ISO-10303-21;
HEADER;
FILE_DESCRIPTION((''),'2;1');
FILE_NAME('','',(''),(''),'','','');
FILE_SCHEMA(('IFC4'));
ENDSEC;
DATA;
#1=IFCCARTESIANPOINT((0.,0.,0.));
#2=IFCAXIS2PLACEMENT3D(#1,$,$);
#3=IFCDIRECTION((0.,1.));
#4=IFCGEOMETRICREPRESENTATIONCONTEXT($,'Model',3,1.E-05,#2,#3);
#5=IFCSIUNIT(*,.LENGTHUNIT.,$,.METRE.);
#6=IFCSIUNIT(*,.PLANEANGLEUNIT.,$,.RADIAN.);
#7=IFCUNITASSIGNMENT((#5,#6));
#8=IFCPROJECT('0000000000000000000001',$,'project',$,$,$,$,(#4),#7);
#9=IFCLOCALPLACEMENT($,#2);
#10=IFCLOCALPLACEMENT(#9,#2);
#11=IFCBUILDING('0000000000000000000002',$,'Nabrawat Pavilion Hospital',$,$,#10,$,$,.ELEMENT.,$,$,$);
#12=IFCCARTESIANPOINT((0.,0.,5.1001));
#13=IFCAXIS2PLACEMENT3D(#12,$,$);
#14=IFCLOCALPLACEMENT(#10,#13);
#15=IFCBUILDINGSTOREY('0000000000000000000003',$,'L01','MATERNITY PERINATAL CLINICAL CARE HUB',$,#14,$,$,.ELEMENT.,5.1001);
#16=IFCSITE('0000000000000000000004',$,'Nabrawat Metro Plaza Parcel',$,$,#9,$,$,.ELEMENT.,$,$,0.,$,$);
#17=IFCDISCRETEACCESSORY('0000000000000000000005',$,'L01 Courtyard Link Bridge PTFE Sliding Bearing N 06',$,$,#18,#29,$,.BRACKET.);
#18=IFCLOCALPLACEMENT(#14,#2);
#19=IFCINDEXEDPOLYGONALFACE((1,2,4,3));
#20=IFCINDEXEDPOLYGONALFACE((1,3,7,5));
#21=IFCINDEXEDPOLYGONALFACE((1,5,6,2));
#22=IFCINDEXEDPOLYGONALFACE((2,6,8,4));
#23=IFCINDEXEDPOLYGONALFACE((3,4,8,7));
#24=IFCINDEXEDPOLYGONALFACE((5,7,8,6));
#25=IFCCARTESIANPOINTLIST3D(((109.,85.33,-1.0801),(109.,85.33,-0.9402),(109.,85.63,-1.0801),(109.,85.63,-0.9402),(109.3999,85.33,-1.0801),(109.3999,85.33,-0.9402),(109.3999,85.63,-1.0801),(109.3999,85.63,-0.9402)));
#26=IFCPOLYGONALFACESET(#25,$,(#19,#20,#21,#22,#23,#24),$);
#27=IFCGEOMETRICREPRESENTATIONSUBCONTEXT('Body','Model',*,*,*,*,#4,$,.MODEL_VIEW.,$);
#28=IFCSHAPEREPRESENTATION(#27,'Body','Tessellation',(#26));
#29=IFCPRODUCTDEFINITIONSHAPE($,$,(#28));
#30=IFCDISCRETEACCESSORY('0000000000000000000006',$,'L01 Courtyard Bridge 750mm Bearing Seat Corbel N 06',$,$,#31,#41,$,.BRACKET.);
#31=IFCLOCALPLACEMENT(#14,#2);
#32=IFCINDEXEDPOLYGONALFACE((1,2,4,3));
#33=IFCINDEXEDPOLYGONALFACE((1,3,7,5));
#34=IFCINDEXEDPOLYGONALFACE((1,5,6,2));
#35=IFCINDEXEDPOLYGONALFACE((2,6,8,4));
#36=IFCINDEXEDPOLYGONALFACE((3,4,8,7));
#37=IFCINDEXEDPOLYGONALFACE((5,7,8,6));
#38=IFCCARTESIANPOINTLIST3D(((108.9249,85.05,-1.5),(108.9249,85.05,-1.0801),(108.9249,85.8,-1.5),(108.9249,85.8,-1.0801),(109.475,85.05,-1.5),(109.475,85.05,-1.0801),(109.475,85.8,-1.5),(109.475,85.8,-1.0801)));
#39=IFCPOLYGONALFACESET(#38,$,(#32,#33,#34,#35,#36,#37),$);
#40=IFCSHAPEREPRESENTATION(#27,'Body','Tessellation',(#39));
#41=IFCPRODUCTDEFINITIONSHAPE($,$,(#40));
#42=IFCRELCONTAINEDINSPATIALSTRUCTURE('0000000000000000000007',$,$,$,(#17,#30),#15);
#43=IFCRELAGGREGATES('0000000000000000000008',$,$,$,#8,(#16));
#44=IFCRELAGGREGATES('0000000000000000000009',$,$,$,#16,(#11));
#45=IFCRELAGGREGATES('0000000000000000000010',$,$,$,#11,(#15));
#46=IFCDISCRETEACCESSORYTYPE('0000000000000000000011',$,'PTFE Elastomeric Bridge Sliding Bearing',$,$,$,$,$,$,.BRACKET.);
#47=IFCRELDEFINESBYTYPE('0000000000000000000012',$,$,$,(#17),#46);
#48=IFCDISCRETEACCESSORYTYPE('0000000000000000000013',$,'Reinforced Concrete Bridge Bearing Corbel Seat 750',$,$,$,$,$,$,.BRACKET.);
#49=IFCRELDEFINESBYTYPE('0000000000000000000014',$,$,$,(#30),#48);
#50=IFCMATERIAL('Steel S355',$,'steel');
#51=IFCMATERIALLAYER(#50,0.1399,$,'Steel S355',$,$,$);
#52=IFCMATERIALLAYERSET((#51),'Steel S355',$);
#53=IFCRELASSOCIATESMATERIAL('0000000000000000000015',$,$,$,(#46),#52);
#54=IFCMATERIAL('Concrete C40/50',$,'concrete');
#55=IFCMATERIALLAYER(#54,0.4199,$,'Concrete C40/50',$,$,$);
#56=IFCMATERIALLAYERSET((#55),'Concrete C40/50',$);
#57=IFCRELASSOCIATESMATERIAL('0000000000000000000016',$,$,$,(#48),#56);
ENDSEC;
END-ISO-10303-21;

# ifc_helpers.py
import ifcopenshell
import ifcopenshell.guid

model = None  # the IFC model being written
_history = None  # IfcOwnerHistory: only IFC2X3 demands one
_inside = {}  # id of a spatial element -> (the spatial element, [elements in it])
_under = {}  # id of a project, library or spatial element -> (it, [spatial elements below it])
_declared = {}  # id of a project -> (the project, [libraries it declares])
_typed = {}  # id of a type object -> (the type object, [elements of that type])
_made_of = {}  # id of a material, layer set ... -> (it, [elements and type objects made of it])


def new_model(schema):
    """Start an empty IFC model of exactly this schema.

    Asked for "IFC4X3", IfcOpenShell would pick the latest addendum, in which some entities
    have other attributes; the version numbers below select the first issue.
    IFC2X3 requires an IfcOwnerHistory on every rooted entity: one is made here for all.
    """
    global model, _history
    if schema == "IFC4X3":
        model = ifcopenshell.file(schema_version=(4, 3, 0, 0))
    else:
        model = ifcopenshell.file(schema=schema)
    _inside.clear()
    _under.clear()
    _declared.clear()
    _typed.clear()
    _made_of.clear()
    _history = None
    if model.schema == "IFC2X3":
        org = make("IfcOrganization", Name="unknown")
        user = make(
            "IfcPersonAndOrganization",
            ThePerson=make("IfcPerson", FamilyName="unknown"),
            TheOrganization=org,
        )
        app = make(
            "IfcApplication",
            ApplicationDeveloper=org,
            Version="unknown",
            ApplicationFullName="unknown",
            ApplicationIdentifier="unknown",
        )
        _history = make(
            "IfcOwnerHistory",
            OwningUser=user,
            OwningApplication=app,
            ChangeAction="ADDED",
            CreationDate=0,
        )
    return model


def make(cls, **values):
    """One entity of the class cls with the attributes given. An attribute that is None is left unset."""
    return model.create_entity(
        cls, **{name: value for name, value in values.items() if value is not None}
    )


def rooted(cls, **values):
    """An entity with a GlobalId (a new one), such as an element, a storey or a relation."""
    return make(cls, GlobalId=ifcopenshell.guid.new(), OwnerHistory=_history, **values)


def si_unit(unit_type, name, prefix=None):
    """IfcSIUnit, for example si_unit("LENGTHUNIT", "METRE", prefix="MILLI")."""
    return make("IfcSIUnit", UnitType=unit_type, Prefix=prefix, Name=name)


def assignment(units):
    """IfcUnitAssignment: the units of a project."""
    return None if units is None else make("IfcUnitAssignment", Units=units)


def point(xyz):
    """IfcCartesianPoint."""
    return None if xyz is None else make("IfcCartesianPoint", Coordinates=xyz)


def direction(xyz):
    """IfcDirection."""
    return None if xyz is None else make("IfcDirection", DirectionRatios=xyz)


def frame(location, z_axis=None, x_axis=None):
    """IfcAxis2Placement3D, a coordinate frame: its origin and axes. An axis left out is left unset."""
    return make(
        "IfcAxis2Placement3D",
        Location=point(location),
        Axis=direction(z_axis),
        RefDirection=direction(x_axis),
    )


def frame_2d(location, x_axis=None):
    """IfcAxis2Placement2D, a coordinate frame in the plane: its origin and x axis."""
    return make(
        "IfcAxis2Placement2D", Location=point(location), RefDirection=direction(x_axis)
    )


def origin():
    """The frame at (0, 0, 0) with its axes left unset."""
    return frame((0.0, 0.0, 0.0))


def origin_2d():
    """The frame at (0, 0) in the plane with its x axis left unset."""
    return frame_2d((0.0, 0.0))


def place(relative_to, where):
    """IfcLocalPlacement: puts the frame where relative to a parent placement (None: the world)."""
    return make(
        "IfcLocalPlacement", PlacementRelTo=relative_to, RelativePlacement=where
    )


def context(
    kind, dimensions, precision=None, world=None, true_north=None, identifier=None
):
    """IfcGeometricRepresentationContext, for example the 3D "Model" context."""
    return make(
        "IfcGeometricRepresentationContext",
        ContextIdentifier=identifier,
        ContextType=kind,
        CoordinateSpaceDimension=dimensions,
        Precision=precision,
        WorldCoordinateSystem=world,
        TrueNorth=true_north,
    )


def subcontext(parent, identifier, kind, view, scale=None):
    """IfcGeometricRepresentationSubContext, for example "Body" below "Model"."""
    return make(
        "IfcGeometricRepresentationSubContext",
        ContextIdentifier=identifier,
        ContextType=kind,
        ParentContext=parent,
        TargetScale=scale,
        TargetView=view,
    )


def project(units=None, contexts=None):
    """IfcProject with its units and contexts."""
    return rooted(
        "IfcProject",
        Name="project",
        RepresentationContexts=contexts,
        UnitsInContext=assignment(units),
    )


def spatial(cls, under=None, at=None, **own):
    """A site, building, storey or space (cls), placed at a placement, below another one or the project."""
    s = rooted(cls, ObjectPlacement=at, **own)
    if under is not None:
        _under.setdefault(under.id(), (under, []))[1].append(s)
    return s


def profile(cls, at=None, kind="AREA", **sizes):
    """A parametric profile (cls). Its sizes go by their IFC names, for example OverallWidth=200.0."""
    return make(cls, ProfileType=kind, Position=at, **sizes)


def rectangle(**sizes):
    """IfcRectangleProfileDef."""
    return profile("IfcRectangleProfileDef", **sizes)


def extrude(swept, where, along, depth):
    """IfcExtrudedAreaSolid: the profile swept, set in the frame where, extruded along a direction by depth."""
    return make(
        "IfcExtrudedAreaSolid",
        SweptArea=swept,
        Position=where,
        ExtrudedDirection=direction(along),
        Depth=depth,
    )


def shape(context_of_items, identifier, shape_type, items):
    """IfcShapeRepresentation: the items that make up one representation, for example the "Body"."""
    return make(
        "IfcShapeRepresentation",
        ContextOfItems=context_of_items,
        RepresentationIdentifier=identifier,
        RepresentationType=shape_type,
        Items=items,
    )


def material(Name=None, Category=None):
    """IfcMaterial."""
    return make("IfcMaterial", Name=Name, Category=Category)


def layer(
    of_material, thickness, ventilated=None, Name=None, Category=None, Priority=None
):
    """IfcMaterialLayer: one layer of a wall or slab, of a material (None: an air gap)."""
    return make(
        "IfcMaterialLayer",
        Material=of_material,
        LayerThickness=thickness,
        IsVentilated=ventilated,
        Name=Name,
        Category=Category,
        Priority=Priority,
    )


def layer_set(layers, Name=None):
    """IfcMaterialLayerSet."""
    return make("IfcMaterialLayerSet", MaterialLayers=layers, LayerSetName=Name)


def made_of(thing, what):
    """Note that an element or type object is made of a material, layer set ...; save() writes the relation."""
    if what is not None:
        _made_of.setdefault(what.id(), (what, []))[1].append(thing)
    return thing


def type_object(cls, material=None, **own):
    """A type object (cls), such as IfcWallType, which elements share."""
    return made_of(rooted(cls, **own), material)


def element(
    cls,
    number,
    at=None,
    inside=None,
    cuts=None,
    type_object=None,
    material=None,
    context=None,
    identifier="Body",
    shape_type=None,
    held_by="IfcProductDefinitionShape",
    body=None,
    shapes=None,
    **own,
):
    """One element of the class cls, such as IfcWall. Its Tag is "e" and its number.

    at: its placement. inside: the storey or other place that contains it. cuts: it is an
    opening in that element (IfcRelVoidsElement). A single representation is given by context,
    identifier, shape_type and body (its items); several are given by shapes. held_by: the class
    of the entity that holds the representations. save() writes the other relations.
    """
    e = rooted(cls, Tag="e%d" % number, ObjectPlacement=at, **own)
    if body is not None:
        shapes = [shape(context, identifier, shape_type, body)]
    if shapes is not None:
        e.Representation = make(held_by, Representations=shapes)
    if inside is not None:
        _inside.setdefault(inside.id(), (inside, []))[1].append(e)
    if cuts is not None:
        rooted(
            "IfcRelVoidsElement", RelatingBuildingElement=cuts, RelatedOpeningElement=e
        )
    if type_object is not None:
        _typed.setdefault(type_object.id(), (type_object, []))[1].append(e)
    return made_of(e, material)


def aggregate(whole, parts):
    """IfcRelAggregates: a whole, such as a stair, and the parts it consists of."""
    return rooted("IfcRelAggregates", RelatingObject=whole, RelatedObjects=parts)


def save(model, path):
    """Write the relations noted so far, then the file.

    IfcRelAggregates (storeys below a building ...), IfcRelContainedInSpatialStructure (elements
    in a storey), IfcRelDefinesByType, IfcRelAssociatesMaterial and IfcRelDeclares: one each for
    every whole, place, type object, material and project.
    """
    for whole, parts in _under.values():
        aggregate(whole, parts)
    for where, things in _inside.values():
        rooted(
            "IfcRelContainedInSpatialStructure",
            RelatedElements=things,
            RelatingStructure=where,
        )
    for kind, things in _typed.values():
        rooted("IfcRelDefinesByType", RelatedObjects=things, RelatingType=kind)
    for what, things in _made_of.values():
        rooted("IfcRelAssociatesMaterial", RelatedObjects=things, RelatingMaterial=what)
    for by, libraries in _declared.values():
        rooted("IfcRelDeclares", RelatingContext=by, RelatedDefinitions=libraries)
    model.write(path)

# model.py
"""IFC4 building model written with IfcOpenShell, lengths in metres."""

from ifc_helpers import new_model, si_unit, direction, frame, origin, origin_2d, place, context, subcontext, project, spatial, rectangle, extrude, material, layer, layer_set, type_object, element, save


model = new_model("IFC4")

# Units and contexts
model_context = context("Model", 3, precision=1e-05, world=origin(), true_north=direction((0.0, 1.0)))
body_context = subcontext(model_context, "Body", "Model", "MODEL_VIEW")
ifc_project = project(units=[si_unit("LENGTHUNIT", "METRE"), si_unit("PLANEANGLEUNIT", "RADIAN")], contexts=[model_context])

# Site, building, storey
site_placement = place(None, origin())
site = spatial("IfcSite", under=ifc_project, at=site_placement, Name="Nabrawat Metro Plaza Parcel", CompositionType="ELEMENT", RefElevation=0.0)
building_placement = place(site_placement, origin())
building = spatial("IfcBuilding", under=site, at=building_placement, Name="Nabrawat Pavilion Hospital", CompositionType="ELEMENT")
storey_placement = place(building_placement, frame((0.0, 0.0, 5.1001)))
storey = spatial("IfcBuildingStorey", under=building, at=storey_placement, Name="L01", Description="MATERNITY PERINATAL CLINICAL CARE HUB", CompositionType="ELEMENT", Elevation=5.1001)

# Shared definitions
ifc_material_1 = material(Name="Concrete C40/50", Category="concrete")

# Shared definitions
ifc_material_2 = material(Name="Steel S355", Category="steel")

# Discrete accessories
ifc_layer_1 = layer(ifc_material_2, 0.1399, Name="Steel S355")
ifc_layer_set_1 = layer_set([ifc_layer_1], Name="Steel S355")
discrete_accessory_type_1 = type_object("IfcDiscreteAccessoryType", Name="PTFE Elastomeric Bridge Sliding Bearing", PredefinedType="BRACKET", material=ifc_layer_set_1)
discrete_accessory_1_placement = place(storey_placement, frame((109.2, 85.48, -1.0801), z_axis=(0.0, 0.0, 1.0), x_axis=(1.0, 0.0, 0.0)))
element("IfcDiscreteAccessory", 1, at=discrete_accessory_1_placement, inside=storey, type_object=discrete_accessory_type_1, Name="L01 Courtyard Link Bridge PTFE Sliding Bearing N 06", PredefinedType="BRACKET", context=body_context, shape_type="SweptSolid", body=[
    extrude(rectangle(XDim=0.3999, YDim=0.3, at=origin_2d()), origin(), (0.0, 0.0, 1.0), 0.1399),
])
ifc_layer_2 = layer(ifc_material_1, 0.4199, Name="Concrete C40/50")
ifc_layer_set_2 = layer_set([ifc_layer_2], Name="Concrete C40/50")
discrete_accessory_type_2 = type_object("IfcDiscreteAccessoryType", Name="Reinforced Concrete Bridge Bearing Corbel Seat 750", PredefinedType="BRACKET", material=ifc_layer_set_2)
discrete_accessory_2_placement = place(storey_placement, frame((109.2, 85.425, -1.5), z_axis=(0.0, 0.0, 1.0), x_axis=(1.0, 0.0, 0.0)))
element("IfcDiscreteAccessory", 2, at=discrete_accessory_2_placement, inside=storey, type_object=discrete_accessory_type_2, Name="L01 Courtyard Bridge 750mm Bearing Seat Corbel N 06", PredefinedType="BRACKET", context=body_context, shape_type="SweptSolid", body=[
    extrude(rectangle(XDim=0.55, YDim=0.75, at=origin_2d()), origin(), (0.0, 0.0, 1.0), 0.4199),
])

save(model, "model.ifc")
